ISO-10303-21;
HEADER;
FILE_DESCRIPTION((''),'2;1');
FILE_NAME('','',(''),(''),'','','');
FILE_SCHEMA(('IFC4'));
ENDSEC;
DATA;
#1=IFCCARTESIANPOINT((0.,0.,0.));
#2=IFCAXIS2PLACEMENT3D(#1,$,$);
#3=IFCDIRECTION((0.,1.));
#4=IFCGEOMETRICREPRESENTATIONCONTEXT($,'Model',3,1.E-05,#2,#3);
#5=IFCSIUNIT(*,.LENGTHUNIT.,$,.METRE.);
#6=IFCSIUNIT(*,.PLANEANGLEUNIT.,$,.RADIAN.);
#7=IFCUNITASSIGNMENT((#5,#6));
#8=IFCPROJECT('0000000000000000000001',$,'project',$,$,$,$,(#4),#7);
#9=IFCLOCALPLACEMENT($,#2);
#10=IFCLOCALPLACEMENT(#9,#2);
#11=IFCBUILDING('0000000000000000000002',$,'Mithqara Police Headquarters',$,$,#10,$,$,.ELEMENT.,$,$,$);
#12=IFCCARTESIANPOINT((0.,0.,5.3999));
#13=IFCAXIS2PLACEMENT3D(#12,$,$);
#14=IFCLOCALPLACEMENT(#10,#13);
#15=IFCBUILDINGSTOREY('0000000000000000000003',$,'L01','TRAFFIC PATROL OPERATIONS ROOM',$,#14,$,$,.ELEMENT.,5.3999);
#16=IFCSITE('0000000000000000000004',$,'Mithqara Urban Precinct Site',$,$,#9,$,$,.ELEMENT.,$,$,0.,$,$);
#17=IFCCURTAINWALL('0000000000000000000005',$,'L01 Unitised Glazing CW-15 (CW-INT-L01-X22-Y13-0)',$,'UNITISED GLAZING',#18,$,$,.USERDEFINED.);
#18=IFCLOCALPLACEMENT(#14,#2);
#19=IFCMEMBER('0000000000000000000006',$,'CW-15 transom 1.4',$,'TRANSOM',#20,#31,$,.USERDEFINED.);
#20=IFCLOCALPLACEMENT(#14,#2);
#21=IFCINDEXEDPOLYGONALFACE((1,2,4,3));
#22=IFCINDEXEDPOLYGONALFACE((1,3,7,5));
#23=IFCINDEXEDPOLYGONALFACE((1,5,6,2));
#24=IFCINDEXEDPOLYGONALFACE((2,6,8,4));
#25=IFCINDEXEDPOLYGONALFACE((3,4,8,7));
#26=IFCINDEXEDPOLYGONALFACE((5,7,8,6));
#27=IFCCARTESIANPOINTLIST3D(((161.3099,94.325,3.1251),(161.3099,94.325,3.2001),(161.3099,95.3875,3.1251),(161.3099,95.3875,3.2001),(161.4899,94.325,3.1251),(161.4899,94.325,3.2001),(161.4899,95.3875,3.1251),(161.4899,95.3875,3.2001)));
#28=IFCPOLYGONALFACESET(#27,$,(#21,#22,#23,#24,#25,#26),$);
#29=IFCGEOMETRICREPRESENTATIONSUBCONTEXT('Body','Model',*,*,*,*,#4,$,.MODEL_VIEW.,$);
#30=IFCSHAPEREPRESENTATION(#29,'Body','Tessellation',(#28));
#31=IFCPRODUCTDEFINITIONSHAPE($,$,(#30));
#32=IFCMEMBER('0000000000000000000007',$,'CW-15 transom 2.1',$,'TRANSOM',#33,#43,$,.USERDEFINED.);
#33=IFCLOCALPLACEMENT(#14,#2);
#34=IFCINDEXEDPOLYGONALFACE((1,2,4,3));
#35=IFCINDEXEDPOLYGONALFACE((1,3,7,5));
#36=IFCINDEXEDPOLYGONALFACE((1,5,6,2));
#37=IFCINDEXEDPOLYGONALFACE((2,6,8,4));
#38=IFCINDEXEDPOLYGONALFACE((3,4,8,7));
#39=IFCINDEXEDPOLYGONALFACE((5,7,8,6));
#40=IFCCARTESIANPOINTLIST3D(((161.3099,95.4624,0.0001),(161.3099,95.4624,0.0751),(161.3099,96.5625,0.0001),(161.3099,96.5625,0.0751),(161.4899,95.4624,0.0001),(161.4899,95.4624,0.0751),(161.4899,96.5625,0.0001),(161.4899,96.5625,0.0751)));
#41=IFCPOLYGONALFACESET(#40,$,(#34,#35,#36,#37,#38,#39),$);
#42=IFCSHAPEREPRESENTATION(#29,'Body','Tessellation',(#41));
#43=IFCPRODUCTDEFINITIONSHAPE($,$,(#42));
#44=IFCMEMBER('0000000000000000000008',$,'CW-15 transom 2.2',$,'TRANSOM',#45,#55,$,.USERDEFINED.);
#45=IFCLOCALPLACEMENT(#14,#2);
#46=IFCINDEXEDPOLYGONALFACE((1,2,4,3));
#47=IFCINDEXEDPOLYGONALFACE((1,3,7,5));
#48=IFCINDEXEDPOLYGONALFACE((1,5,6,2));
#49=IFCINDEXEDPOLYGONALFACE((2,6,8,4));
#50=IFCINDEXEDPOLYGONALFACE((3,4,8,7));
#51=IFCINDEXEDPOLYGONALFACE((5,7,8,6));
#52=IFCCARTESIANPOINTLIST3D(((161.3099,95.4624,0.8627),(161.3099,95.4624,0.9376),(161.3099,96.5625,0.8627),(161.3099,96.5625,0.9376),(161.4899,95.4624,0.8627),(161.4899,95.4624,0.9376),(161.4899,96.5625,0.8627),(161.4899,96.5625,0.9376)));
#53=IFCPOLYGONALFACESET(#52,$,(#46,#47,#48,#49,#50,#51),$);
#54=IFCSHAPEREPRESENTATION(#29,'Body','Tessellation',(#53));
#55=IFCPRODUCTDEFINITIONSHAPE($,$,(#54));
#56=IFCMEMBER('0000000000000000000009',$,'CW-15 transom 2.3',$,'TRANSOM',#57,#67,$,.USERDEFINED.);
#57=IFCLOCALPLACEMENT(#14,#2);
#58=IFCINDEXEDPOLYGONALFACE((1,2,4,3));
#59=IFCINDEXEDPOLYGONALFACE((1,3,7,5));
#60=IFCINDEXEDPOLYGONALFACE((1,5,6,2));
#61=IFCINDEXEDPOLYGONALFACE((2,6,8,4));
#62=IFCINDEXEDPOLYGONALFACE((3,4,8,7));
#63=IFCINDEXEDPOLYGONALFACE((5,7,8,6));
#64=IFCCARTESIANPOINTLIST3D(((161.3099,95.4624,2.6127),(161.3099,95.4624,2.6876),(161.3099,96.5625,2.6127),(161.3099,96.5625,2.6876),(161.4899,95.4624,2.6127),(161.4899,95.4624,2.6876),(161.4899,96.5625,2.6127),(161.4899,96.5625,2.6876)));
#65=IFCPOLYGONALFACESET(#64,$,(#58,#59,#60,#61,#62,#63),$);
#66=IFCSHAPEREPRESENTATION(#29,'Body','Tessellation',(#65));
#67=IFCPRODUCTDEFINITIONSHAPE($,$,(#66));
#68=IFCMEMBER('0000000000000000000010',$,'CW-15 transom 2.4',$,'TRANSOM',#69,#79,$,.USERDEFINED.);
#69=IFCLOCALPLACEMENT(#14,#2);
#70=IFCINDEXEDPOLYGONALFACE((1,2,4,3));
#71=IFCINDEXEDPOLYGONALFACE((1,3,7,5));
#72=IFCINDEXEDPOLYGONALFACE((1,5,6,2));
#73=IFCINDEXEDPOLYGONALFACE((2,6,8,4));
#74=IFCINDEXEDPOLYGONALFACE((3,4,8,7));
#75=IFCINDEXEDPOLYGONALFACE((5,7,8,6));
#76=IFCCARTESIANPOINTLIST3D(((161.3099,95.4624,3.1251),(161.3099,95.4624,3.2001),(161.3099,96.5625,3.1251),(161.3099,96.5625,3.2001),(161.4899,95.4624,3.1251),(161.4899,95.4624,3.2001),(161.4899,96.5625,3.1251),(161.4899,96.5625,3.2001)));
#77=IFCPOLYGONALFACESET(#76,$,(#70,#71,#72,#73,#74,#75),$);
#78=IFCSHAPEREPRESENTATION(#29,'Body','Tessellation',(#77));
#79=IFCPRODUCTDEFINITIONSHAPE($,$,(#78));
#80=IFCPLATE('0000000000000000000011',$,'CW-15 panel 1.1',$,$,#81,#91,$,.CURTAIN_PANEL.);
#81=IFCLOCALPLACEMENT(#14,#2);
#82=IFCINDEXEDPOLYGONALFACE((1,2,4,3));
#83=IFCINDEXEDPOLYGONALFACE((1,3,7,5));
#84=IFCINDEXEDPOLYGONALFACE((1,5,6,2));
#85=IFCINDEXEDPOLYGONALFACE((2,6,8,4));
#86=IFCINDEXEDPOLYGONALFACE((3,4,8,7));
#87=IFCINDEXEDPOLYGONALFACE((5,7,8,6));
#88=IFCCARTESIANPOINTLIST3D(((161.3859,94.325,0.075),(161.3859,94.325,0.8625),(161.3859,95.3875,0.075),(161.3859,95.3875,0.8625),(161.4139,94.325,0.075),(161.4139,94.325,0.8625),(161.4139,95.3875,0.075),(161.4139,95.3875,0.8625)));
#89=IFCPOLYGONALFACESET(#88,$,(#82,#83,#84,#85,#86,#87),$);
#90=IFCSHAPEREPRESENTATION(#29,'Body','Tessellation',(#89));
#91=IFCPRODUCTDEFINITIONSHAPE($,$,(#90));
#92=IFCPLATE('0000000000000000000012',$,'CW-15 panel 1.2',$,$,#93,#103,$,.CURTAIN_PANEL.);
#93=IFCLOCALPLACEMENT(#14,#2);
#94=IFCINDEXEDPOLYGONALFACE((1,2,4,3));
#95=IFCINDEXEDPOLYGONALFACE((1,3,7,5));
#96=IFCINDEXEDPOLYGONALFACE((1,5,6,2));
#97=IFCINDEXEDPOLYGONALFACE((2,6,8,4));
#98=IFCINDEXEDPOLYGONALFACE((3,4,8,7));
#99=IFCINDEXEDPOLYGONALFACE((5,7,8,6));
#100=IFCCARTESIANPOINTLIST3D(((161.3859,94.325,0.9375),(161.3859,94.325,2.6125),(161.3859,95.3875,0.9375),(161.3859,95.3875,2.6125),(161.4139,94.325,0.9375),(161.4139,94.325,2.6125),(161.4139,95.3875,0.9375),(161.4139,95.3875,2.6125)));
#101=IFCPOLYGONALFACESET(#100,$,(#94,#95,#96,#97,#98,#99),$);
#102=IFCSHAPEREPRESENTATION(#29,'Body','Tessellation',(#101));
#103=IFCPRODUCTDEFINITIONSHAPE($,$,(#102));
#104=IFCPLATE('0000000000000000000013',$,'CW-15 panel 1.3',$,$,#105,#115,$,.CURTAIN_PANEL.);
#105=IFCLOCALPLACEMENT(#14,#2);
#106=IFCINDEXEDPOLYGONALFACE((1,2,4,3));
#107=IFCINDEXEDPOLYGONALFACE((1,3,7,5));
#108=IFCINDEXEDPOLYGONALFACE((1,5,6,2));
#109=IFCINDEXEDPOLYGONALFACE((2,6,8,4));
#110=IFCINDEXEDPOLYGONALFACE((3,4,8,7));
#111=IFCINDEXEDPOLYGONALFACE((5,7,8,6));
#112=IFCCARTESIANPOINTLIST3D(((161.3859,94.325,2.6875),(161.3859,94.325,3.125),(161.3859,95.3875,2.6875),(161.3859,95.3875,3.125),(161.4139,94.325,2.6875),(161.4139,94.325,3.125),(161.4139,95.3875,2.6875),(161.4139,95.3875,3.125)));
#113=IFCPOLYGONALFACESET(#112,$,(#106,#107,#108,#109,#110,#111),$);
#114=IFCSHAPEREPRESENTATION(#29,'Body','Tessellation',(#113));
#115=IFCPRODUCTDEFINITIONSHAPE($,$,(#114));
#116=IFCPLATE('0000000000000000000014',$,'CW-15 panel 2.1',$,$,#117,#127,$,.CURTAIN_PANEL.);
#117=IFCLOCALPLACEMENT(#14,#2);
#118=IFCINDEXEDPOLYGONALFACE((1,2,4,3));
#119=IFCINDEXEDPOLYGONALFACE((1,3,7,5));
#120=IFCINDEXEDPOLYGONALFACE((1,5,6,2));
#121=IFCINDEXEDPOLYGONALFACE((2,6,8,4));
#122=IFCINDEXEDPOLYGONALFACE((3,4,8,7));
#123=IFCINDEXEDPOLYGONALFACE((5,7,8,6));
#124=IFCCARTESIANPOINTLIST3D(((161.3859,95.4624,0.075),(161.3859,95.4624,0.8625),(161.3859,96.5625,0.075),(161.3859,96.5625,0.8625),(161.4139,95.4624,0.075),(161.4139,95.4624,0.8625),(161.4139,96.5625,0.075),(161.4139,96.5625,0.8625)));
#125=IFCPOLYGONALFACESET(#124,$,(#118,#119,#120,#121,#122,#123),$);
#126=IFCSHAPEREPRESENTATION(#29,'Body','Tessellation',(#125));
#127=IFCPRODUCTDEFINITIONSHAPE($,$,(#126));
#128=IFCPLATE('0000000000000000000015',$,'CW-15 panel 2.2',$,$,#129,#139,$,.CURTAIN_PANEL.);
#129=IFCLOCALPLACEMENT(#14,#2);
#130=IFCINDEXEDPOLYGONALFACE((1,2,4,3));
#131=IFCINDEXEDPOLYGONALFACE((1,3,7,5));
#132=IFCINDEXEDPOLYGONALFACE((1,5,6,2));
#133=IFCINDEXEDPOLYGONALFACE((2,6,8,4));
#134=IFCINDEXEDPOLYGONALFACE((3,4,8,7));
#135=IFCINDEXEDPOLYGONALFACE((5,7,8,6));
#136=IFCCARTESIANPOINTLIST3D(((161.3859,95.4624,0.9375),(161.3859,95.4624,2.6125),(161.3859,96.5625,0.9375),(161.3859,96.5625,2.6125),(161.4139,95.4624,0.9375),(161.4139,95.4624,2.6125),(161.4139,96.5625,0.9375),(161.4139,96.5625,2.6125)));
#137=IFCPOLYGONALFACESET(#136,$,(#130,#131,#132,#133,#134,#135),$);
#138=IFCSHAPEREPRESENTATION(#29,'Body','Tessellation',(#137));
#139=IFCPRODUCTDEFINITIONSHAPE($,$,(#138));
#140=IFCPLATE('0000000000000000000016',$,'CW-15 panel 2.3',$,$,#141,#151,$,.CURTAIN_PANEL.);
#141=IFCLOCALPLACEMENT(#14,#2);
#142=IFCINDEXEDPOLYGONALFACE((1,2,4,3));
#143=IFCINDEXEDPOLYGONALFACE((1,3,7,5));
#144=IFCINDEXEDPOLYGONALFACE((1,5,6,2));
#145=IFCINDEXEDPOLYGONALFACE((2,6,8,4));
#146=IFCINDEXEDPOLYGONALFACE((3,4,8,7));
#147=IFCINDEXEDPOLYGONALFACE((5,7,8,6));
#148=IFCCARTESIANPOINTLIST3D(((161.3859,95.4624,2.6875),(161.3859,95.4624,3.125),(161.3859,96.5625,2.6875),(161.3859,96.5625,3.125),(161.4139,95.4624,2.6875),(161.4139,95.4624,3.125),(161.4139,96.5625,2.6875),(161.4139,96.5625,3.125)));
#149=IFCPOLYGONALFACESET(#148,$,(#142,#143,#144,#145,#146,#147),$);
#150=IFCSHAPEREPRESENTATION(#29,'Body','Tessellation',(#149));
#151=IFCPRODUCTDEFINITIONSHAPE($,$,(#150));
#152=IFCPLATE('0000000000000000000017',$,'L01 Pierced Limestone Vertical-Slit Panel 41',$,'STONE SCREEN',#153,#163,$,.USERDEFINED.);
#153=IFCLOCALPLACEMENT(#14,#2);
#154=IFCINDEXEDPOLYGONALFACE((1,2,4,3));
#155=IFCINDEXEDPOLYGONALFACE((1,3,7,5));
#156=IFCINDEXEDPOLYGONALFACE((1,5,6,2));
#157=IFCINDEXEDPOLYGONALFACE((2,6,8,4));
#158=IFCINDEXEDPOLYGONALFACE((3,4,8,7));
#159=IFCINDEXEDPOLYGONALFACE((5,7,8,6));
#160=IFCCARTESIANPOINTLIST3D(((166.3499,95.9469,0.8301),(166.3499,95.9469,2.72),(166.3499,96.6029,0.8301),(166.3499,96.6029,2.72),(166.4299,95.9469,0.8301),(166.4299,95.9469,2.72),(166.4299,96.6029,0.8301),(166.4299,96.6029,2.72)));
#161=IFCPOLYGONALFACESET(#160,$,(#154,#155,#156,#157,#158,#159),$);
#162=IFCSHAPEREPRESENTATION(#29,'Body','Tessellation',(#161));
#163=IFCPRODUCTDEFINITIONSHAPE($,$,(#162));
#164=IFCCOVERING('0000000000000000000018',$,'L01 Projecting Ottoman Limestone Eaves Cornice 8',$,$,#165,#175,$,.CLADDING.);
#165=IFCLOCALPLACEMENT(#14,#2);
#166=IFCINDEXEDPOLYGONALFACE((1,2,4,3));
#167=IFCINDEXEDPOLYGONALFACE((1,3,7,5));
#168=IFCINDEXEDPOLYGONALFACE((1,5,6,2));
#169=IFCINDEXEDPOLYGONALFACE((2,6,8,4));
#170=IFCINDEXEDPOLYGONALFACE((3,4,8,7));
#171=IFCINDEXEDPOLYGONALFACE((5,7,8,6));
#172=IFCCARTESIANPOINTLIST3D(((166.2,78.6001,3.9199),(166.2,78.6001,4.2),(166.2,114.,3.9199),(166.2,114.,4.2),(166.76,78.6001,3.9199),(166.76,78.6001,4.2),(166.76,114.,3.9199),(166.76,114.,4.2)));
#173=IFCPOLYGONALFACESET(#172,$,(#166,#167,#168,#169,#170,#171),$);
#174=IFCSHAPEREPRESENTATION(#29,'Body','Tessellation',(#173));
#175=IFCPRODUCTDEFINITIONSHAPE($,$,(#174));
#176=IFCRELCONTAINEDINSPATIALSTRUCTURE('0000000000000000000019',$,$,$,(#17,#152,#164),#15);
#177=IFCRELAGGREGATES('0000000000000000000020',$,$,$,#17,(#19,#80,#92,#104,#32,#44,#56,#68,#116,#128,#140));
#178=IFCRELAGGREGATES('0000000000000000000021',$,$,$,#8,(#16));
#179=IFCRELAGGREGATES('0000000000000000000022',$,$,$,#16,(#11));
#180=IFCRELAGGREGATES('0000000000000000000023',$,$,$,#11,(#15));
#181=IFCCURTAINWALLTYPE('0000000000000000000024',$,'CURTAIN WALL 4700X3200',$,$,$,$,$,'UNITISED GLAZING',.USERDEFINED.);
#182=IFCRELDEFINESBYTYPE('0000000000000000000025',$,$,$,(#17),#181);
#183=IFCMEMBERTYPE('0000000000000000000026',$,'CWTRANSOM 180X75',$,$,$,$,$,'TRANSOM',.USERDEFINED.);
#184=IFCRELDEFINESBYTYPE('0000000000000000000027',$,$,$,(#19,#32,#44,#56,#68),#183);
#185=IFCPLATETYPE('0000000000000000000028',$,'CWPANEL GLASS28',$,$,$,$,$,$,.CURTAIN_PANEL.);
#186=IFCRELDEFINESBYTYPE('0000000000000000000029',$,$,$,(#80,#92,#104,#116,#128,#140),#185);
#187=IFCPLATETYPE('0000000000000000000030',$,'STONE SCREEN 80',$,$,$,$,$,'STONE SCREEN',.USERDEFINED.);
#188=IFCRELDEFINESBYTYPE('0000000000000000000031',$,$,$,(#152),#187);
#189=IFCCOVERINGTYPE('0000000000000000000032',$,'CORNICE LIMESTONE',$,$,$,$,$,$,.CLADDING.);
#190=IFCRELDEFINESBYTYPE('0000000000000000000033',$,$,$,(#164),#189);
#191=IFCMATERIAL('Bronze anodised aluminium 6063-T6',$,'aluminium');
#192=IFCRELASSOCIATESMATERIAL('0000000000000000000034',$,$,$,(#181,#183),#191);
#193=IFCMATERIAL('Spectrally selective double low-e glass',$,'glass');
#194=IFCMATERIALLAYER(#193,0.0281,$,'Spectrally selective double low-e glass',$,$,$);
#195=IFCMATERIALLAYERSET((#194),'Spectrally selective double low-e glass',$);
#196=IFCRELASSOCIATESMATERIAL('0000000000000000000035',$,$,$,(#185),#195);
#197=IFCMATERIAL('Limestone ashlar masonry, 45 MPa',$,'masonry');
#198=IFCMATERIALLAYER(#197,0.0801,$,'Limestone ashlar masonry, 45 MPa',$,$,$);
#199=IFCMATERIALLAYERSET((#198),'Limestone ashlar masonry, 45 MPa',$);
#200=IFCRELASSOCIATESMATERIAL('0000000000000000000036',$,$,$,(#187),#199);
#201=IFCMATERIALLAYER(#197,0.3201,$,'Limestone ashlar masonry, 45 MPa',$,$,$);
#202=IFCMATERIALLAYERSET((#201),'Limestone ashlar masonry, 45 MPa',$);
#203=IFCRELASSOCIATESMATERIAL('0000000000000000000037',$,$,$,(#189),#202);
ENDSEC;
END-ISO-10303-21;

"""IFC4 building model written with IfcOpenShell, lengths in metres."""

from ifc_helpers import new_model, si_unit, direction, frame, origin, origin_2d, place, context, subcontext, project, spatial, rectangle, extrude, material, layer, layer_set, material_profile, profile_set, type_object, element, aggregate, save


model = new_model("IFC4")

# Units and contexts
model_context = context("Model", 3, precision=1e-05, world=origin(), true_north=direction((0.0, 1.0)))
body_context = subcontext(model_context, "Body", "Model", "MODEL_VIEW")
ifc_project = project(units=[si_unit("LENGTHUNIT", "METRE"), si_unit("PLANEANGLEUNIT", "RADIAN")], contexts=[model_context])

# Site, building, storey
site_placement = place(None, origin())
site = spatial("IfcSite", under=ifc_project, at=site_placement, Name="Mithqara Urban Precinct Site", CompositionType="ELEMENT", RefElevation=0.0)
building_placement = place(site_placement, origin())
building = spatial("IfcBuilding", under=site, at=building_placement, Name="Mithqara Police Headquarters", CompositionType="ELEMENT")
storey_placement = place(building_placement, frame((0.0, 0.0, 5.3999)))
storey = spatial("IfcBuildingStorey", under=building, at=storey_placement, Name="L01", Description="TRAFFIC PATROL OPERATIONS ROOM", CompositionType="ELEMENT", Elevation=5.3999)

# Curtain wall, members, plates
ifc_material_1 = material(Name="Bronze anodised aluminium 6063-T6", Category="aluminium")
curtain_wall_type = type_object("IfcCurtainWallType", Name="CURTAIN WALL 4700X3200", ElementType="UNITISED GLAZING", PredefinedType="USERDEFINED", material=ifc_material_1)
curtain_wall_placement = place(storey_placement, origin())
curtain_wall = element("IfcCurtainWall", 1, at=curtain_wall_placement, inside=storey, type_object=curtain_wall_type, Name="L01 Unitised Glazing CW-15 (CW-INT-L01-X22-Y13-0)", ObjectType="UNITISED GLAZING", PredefinedType="USERDEFINED")
ifc_material_profile_1 = material_profile(ifc_material_1, rectangle(XDim=0.1799, YDim=0.075, at=origin_2d()), Name="CWT 180x75")
ifc_profile_set_1 = profile_set([ifc_material_profile_1], Name="Bronze anodised aluminium 6063-T6")
member_type_1 = type_object("IfcMemberType", Name="CWTRANSOM 180X75", ElementType="TRANSOM", PredefinedType="USERDEFINED", material=ifc_profile_set_1)
member_1_placement = place(storey_placement, frame((161.3999, 94.325, 3.1626), z_axis=(0.0, 1.0, 0.0), x_axis=(-1.0, 0.0, 0.0)))
member_1 = element("IfcMember", 2, at=member_1_placement, type_object=member_type_1, Name="CW-15 transom 1.4", ObjectType="TRANSOM", PredefinedType="USERDEFINED", context=body_context, shape_type="SweptSolid", body=[
    extrude(rectangle(XDim=0.1799, YDim=0.075, at=origin_2d()), origin(), (0.0, 0.0, 1.0), 1.0625),
])
member_2_placement = place(storey_placement, frame((161.3999, 95.4624, 0.0376), z_axis=(0.0, 1.0, 0.0), x_axis=(-1.0, 0.0, 0.0)))
member_2 = element("IfcMember", 3, at=member_2_placement, type_object=member_type_1, Name="CW-15 transom 2.1", ObjectType="TRANSOM", PredefinedType="USERDEFINED", context=body_context, shape_type="SweptSolid", body=[
    extrude(rectangle(XDim=0.1799, YDim=0.075, at=origin_2d()), origin(), (0.0, 0.0, 1.0), 1.1001),
])
member_3_placement = place(storey_placement, frame((161.3999, 95.4624, 0.9001), z_axis=(0.0, 1.0, 0.0), x_axis=(-1.0, 0.0, 0.0)))
member_3 = element("IfcMember", 4, at=member_3_placement, type_object=member_type_1, Name="CW-15 transom 2.2", ObjectType="TRANSOM", PredefinedType="USERDEFINED", context=body_context, shape_type="SweptSolid", body=[
    extrude(rectangle(XDim=0.1799, YDim=0.075, at=origin_2d()), origin(), (0.0, 0.0, 1.0), 1.1001),
])
member_4_placement = place(storey_placement, frame((161.3999, 95.4624, 2.6501), z_axis=(0.0, 1.0, 0.0), x_axis=(-1.0, 0.0, 0.0)))
member_4 = element("IfcMember", 5, at=member_4_placement, type_object=member_type_1, Name="CW-15 transom 2.3", ObjectType="TRANSOM", PredefinedType="USERDEFINED", context=body_context, shape_type="SweptSolid", body=[
    extrude(rectangle(XDim=0.1799, YDim=0.075, at=origin_2d()), origin(), (0.0, 0.0, 1.0), 1.1001),
])
member_5_placement = place(storey_placement, frame((161.3999, 95.4624, 3.1626), z_axis=(0.0, 1.0, 0.0), x_axis=(-1.0, 0.0, 0.0)))
member_5 = element("IfcMember", 6, at=member_5_placement, type_object=member_type_1, Name="CW-15 transom 2.4", ObjectType="TRANSOM", PredefinedType="USERDEFINED", context=body_context, shape_type="SweptSolid", body=[
    extrude(rectangle(XDim=0.1799, YDim=0.075, at=origin_2d()), origin(), (0.0, 0.0, 1.0), 1.1001),
])
ifc_material_2 = material(Name="Spectrally selective double low-e glass", Category="glass")
ifc_layer_1 = layer(ifc_material_2, 0.0281, Name="Spectrally selective double low-e glass")
ifc_layer_set_1 = layer_set([ifc_layer_1], Name="Spectrally selective double low-e glass")
plate_type_1 = type_object("IfcPlateType", Name="CWPANEL GLASS28", PredefinedType="CURTAIN_PANEL", material=ifc_layer_set_1)
plate_1_placement = place(storey_placement, frame((161.3999, 94.8562, 0.075), z_axis=(0.0, 0.0, 1.0), x_axis=(0.0, 1.0, 0.0)))
plate_1 = element("IfcPlate", 7, at=plate_1_placement, type_object=plate_type_1, Name="CW-15 panel 1.1", PredefinedType="CURTAIN_PANEL", context=body_context, shape_type="SweptSolid", body=[
    extrude(rectangle(XDim=1.0625, YDim=0.0281, at=origin_2d()), origin(), (0.0, 0.0, 1.0), 0.7876),
])
plate_2_placement = place(storey_placement, frame((161.3999, 94.8562, 0.9375), z_axis=(0.0, 0.0, 1.0), x_axis=(0.0, 1.0, 0.0)))
plate_2 = element("IfcPlate", 8, at=plate_2_placement, type_object=plate_type_1, Name="CW-15 panel 1.2", PredefinedType="CURTAIN_PANEL", context=body_context, shape_type="SweptSolid", body=[
    extrude(rectangle(XDim=1.0625, YDim=0.0281, at=origin_2d()), origin(), (0.0, 0.0, 1.0), 1.675),
])
plate_3_placement = place(storey_placement, frame((161.3999, 94.8562, 2.6875), z_axis=(0.0, 0.0, 1.0), x_axis=(0.0, 1.0, 0.0)))
plate_3 = element("IfcPlate", 9, at=plate_3_placement, type_object=plate_type_1, Name="CW-15 panel 1.3", PredefinedType="CURTAIN_PANEL", context=body_context, shape_type="SweptSolid", body=[
    extrude(rectangle(XDim=1.0625, YDim=0.0281, at=origin_2d()), origin(), (0.0, 0.0, 1.0), 0.4375),
])
plate_4_placement = place(storey_placement, frame((161.3999, 96.0125, 0.075), z_axis=(0.0, 0.0, 1.0), x_axis=(0.0, 1.0, 0.0)))
plate_4 = element("IfcPlate", 10, at=plate_4_placement, type_object=plate_type_1, Name="CW-15 panel 2.1", PredefinedType="CURTAIN_PANEL", context=body_context, shape_type="SweptSolid", body=[
    extrude(rectangle(XDim=1.1001, YDim=0.0281, at=origin_2d()), origin(), (0.0, 0.0, 1.0), 0.7876),
])
plate_5_placement = place(storey_placement, frame((161.3999, 96.0125, 0.9375), z_axis=(0.0, 0.0, 1.0), x_axis=(0.0, 1.0, 0.0)))
plate_5 = element("IfcPlate", 11, at=plate_5_placement, type_object=plate_type_1, Name="CW-15 panel 2.2", PredefinedType="CURTAIN_PANEL", context=body_context, shape_type="SweptSolid", body=[
    extrude(rectangle(XDim=1.1001, YDim=0.0281, at=origin_2d()), origin(), (0.0, 0.0, 1.0), 1.675),
])
plate_6_placement = place(storey_placement, frame((161.3999, 96.0125, 2.6875), z_axis=(0.0, 0.0, 1.0), x_axis=(0.0, 1.0, 0.0)))
plate_6 = element("IfcPlate", 12, at=plate_6_placement, type_object=plate_type_1, Name="CW-15 panel 2.3", PredefinedType="CURTAIN_PANEL", context=body_context, shape_type="SweptSolid", body=[
    extrude(rectangle(XDim=1.1001, YDim=0.0281, at=origin_2d()), origin(), (0.0, 0.0, 1.0), 0.4375),
])
aggregate(curtain_wall, [member_1, plate_1, plate_2, plate_3, member_2, member_3, member_4, member_5, plate_4, plate_5, plate_6])

# Plate
ifc_material_3 = material(Name="Limestone ashlar masonry, 45 MPa", Category="masonry")
ifc_layer_2 = layer(ifc_material_3, 0.0801, Name="Limestone ashlar masonry, 45 MPa")
ifc_layer_set_2 = layer_set([ifc_layer_2], Name="Limestone ashlar masonry, 45 MPa")
plate_type_2 = type_object("IfcPlateType", Name="STONE SCREEN 80", ElementType="STONE SCREEN", PredefinedType="USERDEFINED", material=ifc_layer_set_2)
plate_7_placement = place(storey_placement, frame((166.3899, 96.2749, 0.8301), z_axis=(0.0, 0.0, 1.0), x_axis=(0.0, 1.0, 0.0)))
element("IfcPlate", 13, at=plate_7_placement, inside=storey, type_object=plate_type_2, Name="L01 Pierced Limestone Vertical-Slit Panel 41", ObjectType="STONE SCREEN", PredefinedType="USERDEFINED", context=body_context, shape_type="SweptSolid", body=[
    extrude(rectangle(XDim=0.656, YDim=0.0801, at=origin_2d()), origin(), (0.0, 0.0, 1.0), 1.8899),
])

# Covering
ifc_layer_3 = layer(ifc_material_3, 0.3201, Name="Limestone ashlar masonry, 45 MPa")
ifc_layer_set_3 = layer_set([ifc_layer_3], Name="Limestone ashlar masonry, 45 MPa")
covering_type = type_object("IfcCoveringType", Name="CORNICE LIMESTONE", PredefinedType="CLADDING", material=ifc_layer_set_3)
covering_placement = place(storey_placement, frame((166.48, 96.3, 3.9199), z_axis=(0.0, 0.0, 1.0), x_axis=(0.0, 1.0, 0.0)))
element("IfcCovering", 14, at=covering_placement, inside=storey, type_object=covering_type, Name="L01 Projecting Ottoman Limestone Eaves Cornice 8", PredefinedType="CLADDING", context=body_context, shape_type="SweptSolid", body=[
    extrude(rectangle(XDim=35.3999, YDim=0.5601, at=origin_2d()), origin(), (0.0, 0.0, 1.0), 0.28),
])

save(model, "model.ifc")
